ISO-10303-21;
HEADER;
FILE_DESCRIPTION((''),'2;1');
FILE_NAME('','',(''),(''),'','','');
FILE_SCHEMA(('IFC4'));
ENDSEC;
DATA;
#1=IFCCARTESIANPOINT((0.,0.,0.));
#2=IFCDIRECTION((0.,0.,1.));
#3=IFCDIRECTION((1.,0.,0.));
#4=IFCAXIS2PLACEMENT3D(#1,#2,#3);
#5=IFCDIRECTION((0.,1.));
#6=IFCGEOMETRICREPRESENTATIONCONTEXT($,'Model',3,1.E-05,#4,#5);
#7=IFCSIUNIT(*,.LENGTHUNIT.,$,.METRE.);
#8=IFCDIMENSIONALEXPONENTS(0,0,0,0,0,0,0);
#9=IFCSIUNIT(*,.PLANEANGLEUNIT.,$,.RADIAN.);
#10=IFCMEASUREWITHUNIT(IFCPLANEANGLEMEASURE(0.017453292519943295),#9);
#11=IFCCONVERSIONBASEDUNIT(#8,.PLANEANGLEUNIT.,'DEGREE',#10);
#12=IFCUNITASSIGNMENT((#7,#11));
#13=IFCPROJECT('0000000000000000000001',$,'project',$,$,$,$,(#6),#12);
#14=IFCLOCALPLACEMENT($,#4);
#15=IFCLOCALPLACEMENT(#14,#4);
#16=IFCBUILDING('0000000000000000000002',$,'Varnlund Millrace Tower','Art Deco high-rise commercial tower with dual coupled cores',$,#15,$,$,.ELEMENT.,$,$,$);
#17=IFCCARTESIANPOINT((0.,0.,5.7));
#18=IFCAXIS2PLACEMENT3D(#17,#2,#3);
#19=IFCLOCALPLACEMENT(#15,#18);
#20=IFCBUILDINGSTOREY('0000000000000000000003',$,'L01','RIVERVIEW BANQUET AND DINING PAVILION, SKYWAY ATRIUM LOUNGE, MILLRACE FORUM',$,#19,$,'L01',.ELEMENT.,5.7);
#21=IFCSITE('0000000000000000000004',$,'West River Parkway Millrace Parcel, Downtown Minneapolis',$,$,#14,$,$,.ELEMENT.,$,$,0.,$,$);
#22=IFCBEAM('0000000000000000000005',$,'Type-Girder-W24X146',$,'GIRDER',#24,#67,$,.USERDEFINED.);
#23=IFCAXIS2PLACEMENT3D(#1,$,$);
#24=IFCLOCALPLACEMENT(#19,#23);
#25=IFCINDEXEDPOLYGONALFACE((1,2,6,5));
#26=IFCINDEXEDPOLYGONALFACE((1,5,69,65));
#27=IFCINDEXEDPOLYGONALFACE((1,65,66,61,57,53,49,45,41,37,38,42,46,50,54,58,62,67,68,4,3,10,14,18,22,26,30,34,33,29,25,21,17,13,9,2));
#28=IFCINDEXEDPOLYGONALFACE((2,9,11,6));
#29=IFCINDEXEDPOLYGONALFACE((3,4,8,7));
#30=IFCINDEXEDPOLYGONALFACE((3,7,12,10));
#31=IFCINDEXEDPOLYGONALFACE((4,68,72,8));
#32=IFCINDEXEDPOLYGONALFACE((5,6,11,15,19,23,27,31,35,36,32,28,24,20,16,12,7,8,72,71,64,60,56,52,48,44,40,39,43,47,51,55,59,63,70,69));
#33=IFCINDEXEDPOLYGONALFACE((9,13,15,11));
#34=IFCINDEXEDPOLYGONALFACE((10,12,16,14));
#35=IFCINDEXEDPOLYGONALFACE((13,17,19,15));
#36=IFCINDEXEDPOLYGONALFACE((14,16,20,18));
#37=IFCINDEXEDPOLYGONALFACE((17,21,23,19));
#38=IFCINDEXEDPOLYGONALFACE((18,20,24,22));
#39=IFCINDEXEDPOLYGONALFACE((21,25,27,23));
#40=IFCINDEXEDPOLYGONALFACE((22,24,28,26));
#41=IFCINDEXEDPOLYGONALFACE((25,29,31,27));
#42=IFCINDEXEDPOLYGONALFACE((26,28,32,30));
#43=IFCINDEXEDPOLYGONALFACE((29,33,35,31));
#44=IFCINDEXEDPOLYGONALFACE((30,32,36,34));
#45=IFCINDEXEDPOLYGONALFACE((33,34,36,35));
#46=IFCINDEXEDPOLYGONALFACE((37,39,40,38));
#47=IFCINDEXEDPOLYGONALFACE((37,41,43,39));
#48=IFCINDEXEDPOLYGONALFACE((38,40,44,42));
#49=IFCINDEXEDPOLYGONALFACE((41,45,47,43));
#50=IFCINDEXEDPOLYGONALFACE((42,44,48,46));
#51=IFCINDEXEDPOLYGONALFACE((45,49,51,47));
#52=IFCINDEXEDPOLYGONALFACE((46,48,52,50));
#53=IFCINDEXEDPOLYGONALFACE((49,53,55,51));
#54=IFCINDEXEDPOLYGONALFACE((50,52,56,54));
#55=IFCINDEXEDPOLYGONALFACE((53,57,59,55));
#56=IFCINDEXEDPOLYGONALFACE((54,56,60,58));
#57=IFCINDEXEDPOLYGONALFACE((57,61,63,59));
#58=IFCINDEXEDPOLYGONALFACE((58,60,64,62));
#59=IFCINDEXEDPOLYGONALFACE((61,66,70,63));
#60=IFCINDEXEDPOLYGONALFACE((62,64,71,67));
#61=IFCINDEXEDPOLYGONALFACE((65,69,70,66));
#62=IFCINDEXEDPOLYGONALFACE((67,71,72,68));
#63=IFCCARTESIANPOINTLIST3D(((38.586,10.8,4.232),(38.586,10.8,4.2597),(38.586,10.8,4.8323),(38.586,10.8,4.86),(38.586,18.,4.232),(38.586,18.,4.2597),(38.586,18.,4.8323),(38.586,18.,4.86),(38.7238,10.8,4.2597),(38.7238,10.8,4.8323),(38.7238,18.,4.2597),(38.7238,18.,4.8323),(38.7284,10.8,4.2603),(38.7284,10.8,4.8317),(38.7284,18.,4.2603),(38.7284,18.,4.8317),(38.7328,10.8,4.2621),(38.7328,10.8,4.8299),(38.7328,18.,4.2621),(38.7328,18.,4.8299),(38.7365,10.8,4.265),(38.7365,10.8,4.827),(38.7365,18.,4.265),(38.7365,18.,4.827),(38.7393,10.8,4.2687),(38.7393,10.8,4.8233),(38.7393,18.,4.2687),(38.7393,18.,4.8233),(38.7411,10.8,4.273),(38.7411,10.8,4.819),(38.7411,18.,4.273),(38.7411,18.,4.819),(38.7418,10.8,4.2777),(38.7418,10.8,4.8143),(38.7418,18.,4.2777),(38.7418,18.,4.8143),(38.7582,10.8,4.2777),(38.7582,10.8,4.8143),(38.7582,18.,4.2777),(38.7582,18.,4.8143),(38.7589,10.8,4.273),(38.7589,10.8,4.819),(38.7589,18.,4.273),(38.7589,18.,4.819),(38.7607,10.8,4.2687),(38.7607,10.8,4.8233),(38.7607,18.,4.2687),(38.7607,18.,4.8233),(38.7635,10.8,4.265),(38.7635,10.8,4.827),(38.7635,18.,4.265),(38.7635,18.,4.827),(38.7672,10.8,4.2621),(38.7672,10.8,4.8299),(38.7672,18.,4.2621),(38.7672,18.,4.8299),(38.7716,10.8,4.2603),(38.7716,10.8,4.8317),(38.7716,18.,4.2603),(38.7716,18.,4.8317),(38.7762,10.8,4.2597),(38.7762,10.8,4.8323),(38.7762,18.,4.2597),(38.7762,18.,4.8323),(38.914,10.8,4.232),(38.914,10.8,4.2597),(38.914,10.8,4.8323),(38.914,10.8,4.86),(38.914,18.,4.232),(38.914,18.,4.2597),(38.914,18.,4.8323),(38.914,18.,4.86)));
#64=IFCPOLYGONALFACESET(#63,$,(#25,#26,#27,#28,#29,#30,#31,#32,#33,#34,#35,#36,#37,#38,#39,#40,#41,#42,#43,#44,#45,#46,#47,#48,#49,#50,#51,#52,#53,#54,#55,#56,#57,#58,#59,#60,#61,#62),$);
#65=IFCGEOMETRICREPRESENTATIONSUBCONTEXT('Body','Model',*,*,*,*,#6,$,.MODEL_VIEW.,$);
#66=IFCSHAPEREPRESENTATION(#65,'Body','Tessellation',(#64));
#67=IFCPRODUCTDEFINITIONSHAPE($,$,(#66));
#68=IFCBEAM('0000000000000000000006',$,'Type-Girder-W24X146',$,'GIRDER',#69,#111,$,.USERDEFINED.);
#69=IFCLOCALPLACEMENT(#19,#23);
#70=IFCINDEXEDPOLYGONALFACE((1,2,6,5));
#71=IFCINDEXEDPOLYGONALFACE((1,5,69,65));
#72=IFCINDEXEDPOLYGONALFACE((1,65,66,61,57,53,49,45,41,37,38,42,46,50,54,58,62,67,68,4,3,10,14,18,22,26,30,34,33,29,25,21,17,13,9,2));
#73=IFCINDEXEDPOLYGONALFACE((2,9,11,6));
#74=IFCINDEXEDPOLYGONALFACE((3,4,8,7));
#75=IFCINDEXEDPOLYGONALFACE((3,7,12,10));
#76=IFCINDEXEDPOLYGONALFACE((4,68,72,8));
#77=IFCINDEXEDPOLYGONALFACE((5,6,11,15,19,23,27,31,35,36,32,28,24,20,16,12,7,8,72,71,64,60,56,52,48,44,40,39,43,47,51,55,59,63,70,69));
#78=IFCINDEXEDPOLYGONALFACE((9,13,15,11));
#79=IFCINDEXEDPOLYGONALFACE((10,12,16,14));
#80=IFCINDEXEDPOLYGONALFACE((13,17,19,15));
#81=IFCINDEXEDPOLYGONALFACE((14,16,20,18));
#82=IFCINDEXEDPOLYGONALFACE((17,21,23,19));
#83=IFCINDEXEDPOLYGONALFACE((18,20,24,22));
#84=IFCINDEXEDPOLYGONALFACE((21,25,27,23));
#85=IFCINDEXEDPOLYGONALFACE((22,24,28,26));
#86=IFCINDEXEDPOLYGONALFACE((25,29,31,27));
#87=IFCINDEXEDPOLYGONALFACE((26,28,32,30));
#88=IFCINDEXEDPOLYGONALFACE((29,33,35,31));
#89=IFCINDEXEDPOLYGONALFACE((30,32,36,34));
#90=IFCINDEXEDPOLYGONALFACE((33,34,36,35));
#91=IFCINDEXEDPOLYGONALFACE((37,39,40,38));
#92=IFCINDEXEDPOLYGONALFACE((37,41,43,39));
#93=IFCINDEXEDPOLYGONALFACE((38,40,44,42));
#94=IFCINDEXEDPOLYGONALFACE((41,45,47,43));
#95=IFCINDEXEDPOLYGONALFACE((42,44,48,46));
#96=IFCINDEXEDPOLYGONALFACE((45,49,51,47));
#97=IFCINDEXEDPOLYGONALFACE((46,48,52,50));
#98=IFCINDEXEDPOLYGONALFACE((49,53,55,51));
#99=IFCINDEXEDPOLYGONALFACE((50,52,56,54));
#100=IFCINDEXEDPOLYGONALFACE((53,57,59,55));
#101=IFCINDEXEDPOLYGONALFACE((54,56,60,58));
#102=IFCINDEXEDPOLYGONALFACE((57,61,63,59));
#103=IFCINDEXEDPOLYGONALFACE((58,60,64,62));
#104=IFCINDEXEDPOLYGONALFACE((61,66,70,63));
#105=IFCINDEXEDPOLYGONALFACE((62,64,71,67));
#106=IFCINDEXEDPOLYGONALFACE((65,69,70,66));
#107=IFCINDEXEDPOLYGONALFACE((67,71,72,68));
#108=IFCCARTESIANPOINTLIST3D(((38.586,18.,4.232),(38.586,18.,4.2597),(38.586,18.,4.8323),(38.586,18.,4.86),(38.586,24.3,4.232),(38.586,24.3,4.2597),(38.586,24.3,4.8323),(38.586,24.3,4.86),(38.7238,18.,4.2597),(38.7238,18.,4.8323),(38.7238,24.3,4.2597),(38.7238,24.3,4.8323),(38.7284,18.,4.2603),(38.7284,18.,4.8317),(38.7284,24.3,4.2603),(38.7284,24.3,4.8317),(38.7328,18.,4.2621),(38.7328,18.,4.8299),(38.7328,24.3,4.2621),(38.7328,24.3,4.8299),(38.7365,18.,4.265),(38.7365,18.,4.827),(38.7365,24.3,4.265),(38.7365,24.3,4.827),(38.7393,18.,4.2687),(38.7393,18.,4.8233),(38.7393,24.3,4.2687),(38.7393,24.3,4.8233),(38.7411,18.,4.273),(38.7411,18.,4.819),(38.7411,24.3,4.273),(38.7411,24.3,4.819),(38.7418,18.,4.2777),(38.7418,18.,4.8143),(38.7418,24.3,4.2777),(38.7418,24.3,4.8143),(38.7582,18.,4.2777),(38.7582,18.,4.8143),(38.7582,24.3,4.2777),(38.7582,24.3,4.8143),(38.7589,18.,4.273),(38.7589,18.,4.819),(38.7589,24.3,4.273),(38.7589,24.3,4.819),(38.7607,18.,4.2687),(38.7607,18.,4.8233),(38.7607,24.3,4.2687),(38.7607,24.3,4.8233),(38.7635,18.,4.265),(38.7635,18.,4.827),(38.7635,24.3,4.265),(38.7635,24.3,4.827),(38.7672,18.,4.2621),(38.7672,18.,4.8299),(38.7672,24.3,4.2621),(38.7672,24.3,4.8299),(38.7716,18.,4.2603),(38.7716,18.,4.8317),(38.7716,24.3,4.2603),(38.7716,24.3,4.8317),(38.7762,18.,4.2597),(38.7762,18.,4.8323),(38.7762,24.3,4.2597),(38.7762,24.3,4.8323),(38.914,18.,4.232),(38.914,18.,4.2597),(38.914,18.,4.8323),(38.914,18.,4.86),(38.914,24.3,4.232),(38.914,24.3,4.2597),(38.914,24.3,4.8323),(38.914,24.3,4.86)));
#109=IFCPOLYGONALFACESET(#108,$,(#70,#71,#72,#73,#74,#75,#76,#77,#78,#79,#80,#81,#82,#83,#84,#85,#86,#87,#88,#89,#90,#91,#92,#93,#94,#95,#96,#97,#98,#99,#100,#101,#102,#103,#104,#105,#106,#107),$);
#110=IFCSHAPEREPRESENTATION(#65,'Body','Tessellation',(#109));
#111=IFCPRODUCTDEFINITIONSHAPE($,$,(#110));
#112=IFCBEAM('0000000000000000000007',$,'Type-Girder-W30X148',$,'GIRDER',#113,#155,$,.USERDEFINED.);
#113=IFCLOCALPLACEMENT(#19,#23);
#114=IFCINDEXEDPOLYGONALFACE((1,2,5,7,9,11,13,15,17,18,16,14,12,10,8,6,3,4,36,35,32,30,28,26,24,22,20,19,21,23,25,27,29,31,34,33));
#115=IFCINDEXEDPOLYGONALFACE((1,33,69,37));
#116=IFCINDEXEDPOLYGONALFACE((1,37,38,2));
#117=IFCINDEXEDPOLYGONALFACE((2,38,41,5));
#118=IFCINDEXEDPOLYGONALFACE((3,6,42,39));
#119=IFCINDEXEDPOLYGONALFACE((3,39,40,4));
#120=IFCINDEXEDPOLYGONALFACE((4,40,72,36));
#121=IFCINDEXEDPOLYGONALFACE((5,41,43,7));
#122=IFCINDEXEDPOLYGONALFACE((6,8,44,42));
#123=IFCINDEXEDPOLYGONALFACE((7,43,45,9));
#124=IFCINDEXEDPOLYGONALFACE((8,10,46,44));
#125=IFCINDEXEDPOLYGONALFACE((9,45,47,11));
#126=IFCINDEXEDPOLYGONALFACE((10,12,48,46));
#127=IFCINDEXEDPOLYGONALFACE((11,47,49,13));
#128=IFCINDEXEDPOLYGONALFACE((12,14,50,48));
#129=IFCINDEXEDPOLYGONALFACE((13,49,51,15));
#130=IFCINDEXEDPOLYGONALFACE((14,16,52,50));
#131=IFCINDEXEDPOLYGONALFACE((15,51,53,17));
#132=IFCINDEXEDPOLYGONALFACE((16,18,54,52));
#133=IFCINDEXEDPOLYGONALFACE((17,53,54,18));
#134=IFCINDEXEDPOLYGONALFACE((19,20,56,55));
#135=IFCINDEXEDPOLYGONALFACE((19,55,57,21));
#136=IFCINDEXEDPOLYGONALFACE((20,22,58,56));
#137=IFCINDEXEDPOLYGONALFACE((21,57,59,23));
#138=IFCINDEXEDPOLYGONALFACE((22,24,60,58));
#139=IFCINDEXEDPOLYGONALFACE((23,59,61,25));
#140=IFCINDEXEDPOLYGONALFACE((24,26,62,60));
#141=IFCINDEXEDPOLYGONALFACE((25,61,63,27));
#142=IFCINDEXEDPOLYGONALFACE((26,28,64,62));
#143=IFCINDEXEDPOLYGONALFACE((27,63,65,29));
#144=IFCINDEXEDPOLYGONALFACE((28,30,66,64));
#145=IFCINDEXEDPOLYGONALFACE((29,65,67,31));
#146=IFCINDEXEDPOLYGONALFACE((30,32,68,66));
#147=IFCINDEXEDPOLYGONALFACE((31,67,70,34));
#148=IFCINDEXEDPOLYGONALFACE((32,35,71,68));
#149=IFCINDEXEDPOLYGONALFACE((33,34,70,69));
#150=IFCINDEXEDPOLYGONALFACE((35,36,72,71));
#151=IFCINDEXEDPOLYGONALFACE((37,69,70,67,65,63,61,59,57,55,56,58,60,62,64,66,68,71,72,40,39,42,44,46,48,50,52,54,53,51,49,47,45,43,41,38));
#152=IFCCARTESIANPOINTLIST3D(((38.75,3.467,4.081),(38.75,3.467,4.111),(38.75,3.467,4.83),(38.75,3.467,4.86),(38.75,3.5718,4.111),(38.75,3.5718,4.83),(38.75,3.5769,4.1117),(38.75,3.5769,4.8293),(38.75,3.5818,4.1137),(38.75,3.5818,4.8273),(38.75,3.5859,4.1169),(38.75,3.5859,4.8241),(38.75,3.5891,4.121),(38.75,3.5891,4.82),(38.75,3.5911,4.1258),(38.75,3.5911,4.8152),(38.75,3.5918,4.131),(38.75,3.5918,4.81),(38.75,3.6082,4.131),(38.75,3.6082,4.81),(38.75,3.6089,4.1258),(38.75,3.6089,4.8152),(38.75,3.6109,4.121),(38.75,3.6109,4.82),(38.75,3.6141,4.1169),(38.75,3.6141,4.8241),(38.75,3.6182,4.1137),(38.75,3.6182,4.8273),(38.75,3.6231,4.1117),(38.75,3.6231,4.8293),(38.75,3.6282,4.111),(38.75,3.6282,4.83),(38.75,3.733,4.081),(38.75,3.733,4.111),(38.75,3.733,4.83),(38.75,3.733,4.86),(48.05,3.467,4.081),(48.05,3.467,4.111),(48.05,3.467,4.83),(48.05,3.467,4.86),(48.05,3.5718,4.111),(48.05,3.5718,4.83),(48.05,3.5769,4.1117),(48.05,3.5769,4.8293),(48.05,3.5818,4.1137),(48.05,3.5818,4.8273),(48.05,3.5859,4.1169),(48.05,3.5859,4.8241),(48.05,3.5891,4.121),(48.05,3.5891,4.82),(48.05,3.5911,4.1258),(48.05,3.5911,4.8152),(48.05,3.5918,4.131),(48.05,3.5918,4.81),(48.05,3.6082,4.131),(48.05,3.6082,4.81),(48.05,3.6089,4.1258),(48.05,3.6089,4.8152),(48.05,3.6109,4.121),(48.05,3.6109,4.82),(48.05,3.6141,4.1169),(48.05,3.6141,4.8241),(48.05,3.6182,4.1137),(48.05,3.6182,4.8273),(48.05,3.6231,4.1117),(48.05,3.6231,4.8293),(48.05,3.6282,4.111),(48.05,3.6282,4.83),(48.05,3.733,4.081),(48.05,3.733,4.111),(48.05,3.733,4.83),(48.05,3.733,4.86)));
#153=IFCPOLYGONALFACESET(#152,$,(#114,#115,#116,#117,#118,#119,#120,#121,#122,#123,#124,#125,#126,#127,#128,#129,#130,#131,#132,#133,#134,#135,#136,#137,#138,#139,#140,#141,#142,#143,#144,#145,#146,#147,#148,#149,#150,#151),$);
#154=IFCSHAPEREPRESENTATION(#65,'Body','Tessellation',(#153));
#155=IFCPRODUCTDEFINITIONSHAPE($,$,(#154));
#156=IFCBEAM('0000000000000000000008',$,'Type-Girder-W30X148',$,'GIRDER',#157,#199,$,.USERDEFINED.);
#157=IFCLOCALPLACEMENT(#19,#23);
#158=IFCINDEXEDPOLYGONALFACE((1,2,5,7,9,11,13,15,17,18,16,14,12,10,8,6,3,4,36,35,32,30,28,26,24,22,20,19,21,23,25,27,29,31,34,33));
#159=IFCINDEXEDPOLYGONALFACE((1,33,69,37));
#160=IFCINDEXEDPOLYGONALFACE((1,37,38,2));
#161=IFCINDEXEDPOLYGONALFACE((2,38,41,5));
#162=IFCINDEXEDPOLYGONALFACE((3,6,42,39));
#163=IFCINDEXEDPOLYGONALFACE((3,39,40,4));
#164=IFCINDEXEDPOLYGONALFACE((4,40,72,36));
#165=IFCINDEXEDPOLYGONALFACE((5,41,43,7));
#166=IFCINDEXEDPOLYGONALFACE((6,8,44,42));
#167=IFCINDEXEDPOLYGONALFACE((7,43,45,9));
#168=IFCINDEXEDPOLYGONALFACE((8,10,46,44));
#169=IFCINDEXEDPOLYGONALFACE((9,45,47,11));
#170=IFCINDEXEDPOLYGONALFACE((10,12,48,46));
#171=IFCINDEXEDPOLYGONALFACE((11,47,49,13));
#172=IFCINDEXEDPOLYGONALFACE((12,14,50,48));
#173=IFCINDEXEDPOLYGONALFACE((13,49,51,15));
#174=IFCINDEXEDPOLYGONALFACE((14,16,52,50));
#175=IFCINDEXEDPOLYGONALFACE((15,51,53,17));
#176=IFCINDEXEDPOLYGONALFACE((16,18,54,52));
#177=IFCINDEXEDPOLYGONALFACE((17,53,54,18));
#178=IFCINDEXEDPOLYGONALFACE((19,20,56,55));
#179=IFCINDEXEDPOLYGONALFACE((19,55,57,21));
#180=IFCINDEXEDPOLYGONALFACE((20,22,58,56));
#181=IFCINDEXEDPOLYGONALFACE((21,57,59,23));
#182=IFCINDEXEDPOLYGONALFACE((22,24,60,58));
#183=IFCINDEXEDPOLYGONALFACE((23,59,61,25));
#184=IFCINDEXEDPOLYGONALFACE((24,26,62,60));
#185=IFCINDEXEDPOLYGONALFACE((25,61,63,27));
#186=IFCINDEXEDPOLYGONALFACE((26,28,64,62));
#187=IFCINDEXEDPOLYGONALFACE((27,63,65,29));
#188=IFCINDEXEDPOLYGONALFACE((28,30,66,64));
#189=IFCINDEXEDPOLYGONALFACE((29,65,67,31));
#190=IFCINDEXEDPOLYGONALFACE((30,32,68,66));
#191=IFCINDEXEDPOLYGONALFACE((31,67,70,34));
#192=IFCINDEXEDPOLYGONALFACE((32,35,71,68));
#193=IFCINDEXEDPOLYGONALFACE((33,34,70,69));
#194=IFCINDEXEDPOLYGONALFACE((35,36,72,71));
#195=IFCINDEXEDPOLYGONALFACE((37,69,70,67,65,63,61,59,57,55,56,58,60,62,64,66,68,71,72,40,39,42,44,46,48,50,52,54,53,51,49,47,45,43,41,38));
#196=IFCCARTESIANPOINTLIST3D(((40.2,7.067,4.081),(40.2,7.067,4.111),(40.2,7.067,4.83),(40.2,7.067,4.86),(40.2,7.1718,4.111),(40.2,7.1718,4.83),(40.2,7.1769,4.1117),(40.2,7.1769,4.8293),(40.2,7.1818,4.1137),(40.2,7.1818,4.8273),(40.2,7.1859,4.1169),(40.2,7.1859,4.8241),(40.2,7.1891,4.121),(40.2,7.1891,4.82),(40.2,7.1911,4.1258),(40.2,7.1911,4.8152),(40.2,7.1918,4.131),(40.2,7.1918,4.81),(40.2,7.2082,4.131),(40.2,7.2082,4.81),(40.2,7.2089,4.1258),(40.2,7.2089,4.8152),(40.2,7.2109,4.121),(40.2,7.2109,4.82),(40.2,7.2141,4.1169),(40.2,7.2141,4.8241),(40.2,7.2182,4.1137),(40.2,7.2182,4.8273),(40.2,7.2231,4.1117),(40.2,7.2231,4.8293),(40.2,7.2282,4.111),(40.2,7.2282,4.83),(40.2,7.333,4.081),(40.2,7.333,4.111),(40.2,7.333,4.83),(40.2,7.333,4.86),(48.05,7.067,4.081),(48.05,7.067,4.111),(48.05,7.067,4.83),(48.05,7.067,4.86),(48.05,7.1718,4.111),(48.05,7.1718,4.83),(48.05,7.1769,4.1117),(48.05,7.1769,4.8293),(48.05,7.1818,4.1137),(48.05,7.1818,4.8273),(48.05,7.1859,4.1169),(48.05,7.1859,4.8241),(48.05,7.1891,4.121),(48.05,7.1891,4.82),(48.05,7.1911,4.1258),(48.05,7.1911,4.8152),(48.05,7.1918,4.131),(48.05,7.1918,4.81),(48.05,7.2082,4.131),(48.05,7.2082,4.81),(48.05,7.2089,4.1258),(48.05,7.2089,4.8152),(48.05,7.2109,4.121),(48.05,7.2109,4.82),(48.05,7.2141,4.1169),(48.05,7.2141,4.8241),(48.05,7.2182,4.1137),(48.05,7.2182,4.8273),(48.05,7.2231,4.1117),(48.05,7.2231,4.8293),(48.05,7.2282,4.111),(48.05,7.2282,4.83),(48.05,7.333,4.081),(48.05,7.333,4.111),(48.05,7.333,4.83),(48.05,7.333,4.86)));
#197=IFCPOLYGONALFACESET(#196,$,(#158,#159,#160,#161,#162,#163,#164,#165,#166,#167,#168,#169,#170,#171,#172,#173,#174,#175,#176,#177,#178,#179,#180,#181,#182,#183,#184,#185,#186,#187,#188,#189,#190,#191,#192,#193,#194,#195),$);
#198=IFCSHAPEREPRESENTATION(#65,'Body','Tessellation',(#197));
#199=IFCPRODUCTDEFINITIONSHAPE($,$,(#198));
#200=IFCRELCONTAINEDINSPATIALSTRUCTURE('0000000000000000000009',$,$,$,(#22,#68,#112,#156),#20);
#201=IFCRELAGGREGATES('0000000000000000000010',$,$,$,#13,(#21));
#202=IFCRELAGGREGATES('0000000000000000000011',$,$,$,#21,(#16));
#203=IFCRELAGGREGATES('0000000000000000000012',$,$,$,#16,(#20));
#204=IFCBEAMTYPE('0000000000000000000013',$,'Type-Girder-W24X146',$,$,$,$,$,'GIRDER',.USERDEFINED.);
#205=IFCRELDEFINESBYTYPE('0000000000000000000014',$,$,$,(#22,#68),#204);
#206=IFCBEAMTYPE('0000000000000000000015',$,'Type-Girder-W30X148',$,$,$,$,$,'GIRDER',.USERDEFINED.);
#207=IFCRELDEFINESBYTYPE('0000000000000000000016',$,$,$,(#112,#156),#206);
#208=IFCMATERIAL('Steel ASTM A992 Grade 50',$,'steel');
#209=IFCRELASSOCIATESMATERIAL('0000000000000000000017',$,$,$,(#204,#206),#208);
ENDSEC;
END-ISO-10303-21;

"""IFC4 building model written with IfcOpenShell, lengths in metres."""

from ifc_helpers import new_model, entity, si_unit, converted_unit, direction, frame, origin_with_axes, origin_2d_with_axis, place, context, subcontext, project, spatial, i_section, extrude, material, material_profile, profile_set, type_object, element, save


model = new_model("IFC4")

# Units and contexts
model_context = context("Model", 3, precision=1e-05, world=origin_with_axes(), true_north=direction((0.0, 1.0)))
body_context = subcontext(model_context, "Body", "Model", "MODEL_VIEW")
ifc_project = project(units=[si_unit("LENGTHUNIT", "METRE"), converted_unit("PLANEANGLEUNIT", "DEGREE", entity("IfcPlaneAngleMeasure", 0.017453292519943295), si_unit("PLANEANGLEUNIT", "RADIAN"), dimensions=[0, 0, 0, 0, 0, 0, 0])], contexts=[model_context])

# Site, building, storey
site_placement = place(None, origin_with_axes())
site = spatial("IfcSite", under=ifc_project, at=site_placement, Name="West River Parkway Millrace Parcel, Downtown Minneapolis", CompositionType="ELEMENT", RefElevation=0.0)
building_placement = place(site_placement, origin_with_axes())
building = spatial("IfcBuilding", under=site, at=building_placement, Name="Varnlund Millrace Tower", Description="Art Deco high-rise commercial tower with dual coupled cores", CompositionType="ELEMENT")
storey_placement = place(building_placement, frame((0.0, 0.0, 5.7), z_axis=(0.0, 0.0, 1.0), x_axis=(1.0, 0.0, 0.0)))
storey = spatial("IfcBuildingStorey", under=building, at=storey_placement, Name="L01", Description="RIVERVIEW BANQUET AND DINING PAVILION, SKYWAY ATRIUM LOUNGE, MILLRACE FORUM", LongName="L01", CompositionType="ELEMENT", Elevation=5.7)

# Beams
ifc_material_1 = material(Name="Steel ASTM A992 Grade 50", Category="steel")
ifc_material_profile_1 = material_profile(ifc_material_1, i_section(OverallWidth=0.328, OverallDepth=0.628, WebThickness=0.0165, FlangeThickness=0.0277, FilletRadius=0.018, at=origin_2d_with_axis()), Name="Steel ASTM A992 Grade 50")
ifc_profile_set_1 = profile_set([ifc_material_profile_1], Name="Steel ASTM A992 Grade 50")
beam_type_1 = type_object("IfcBeamType", Name="Type-Girder-W24X146", ElementType="GIRDER", PredefinedType="USERDEFINED", material=ifc_profile_set_1)
for number, where, z_axis, x_axis, name in (
    (1, (38.75, 10.8, 4.546), (0.0, 1.0, 0.0), (-1.0, 0.0, 0.0), "Type-Girder-W24X146"),
):
    element("IfcBeam", number, at=place(storey_placement, frame(where, z_axis=z_axis, x_axis=x_axis)), inside=storey, type_object=beam_type_1, Name=name, ObjectType="GIRDER", PredefinedType="USERDEFINED", context=body_context, shape_type="SweptSolid", body=[
        extrude(i_section(OverallWidth=0.328, OverallDepth=0.628, WebThickness=0.0165, FlangeThickness=0.0277, FilletRadius=0.018, at=origin_2d_with_axis()), origin_with_axes(), (0.0, 0.0, 1.0), 7.2),
    ])
beam_1_placement = place(storey_placement, frame((38.75, 18.0, 4.546), z_axis=(0.0, 1.0, 0.0), x_axis=(-1.0, 0.0, 0.0)))
element("IfcBeam", 2, at=beam_1_placement, inside=storey, type_object=beam_type_1, Name="Type-Girder-W24X146", ObjectType="GIRDER", PredefinedType="USERDEFINED", context=body_context, shape_type="SweptSolid", body=[
    extrude(i_section(OverallWidth=0.328, OverallDepth=0.628, WebThickness=0.0165, FlangeThickness=0.0277, FilletRadius=0.018, at=origin_2d_with_axis()), origin_with_axes(), (0.0, 0.0, 1.0), 6.3),
])
ifc_material_profile_2 = material_profile(ifc_material_1, i_section(OverallWidth=0.266, OverallDepth=0.779, WebThickness=0.0165, FlangeThickness=0.03, FilletRadius=0.02, at=origin_2d_with_axis()), Name="Steel ASTM A992 Grade 50")
ifc_profile_set_2 = profile_set([ifc_material_profile_2], Name="Steel ASTM A992 Grade 50")
beam_type_2 = type_object("IfcBeamType", Name="Type-Girder-W30X148", ElementType="GIRDER", PredefinedType="USERDEFINED", material=ifc_profile_set_2)
beam_2_placement = place(storey_placement, frame((38.75, 3.6, 4.4705), z_axis=(1.0, 0.0, 0.0), x_axis=(0.0, 1.0, 0.0)))
element("IfcBeam", 3, at=beam_2_placement, inside=storey, type_object=beam_type_2, Name="Type-Girder-W30X148", ObjectType="GIRDER", PredefinedType="USERDEFINED", context=body_context, shape_type="SweptSolid", body=[
    extrude(i_section(OverallWidth=0.266, OverallDepth=0.779, WebThickness=0.0165, FlangeThickness=0.03, FilletRadius=0.02, at=origin_2d_with_axis()), origin_with_axes(), (0.0, 0.0, 1.0), 9.3),
])
beam_3_placement = place(storey_placement, frame((40.2, 7.2, 4.4705), z_axis=(1.0, 0.0, 0.0), x_axis=(0.0, 1.0, 0.0)))
element("IfcBeam", 4, at=beam_3_placement, inside=storey, type_object=beam_type_2, Name="Type-Girder-W30X148", ObjectType="GIRDER", PredefinedType="USERDEFINED", context=body_context, shape_type="SweptSolid", body=[
    extrude(i_section(OverallWidth=0.266, OverallDepth=0.779, WebThickness=0.0165, FlangeThickness=0.03, FilletRadius=0.02, at=origin_2d_with_axis()), origin_with_axes(), (0.0, 0.0, 1.0), 7.85),
])

save(model, "model.ifc")
